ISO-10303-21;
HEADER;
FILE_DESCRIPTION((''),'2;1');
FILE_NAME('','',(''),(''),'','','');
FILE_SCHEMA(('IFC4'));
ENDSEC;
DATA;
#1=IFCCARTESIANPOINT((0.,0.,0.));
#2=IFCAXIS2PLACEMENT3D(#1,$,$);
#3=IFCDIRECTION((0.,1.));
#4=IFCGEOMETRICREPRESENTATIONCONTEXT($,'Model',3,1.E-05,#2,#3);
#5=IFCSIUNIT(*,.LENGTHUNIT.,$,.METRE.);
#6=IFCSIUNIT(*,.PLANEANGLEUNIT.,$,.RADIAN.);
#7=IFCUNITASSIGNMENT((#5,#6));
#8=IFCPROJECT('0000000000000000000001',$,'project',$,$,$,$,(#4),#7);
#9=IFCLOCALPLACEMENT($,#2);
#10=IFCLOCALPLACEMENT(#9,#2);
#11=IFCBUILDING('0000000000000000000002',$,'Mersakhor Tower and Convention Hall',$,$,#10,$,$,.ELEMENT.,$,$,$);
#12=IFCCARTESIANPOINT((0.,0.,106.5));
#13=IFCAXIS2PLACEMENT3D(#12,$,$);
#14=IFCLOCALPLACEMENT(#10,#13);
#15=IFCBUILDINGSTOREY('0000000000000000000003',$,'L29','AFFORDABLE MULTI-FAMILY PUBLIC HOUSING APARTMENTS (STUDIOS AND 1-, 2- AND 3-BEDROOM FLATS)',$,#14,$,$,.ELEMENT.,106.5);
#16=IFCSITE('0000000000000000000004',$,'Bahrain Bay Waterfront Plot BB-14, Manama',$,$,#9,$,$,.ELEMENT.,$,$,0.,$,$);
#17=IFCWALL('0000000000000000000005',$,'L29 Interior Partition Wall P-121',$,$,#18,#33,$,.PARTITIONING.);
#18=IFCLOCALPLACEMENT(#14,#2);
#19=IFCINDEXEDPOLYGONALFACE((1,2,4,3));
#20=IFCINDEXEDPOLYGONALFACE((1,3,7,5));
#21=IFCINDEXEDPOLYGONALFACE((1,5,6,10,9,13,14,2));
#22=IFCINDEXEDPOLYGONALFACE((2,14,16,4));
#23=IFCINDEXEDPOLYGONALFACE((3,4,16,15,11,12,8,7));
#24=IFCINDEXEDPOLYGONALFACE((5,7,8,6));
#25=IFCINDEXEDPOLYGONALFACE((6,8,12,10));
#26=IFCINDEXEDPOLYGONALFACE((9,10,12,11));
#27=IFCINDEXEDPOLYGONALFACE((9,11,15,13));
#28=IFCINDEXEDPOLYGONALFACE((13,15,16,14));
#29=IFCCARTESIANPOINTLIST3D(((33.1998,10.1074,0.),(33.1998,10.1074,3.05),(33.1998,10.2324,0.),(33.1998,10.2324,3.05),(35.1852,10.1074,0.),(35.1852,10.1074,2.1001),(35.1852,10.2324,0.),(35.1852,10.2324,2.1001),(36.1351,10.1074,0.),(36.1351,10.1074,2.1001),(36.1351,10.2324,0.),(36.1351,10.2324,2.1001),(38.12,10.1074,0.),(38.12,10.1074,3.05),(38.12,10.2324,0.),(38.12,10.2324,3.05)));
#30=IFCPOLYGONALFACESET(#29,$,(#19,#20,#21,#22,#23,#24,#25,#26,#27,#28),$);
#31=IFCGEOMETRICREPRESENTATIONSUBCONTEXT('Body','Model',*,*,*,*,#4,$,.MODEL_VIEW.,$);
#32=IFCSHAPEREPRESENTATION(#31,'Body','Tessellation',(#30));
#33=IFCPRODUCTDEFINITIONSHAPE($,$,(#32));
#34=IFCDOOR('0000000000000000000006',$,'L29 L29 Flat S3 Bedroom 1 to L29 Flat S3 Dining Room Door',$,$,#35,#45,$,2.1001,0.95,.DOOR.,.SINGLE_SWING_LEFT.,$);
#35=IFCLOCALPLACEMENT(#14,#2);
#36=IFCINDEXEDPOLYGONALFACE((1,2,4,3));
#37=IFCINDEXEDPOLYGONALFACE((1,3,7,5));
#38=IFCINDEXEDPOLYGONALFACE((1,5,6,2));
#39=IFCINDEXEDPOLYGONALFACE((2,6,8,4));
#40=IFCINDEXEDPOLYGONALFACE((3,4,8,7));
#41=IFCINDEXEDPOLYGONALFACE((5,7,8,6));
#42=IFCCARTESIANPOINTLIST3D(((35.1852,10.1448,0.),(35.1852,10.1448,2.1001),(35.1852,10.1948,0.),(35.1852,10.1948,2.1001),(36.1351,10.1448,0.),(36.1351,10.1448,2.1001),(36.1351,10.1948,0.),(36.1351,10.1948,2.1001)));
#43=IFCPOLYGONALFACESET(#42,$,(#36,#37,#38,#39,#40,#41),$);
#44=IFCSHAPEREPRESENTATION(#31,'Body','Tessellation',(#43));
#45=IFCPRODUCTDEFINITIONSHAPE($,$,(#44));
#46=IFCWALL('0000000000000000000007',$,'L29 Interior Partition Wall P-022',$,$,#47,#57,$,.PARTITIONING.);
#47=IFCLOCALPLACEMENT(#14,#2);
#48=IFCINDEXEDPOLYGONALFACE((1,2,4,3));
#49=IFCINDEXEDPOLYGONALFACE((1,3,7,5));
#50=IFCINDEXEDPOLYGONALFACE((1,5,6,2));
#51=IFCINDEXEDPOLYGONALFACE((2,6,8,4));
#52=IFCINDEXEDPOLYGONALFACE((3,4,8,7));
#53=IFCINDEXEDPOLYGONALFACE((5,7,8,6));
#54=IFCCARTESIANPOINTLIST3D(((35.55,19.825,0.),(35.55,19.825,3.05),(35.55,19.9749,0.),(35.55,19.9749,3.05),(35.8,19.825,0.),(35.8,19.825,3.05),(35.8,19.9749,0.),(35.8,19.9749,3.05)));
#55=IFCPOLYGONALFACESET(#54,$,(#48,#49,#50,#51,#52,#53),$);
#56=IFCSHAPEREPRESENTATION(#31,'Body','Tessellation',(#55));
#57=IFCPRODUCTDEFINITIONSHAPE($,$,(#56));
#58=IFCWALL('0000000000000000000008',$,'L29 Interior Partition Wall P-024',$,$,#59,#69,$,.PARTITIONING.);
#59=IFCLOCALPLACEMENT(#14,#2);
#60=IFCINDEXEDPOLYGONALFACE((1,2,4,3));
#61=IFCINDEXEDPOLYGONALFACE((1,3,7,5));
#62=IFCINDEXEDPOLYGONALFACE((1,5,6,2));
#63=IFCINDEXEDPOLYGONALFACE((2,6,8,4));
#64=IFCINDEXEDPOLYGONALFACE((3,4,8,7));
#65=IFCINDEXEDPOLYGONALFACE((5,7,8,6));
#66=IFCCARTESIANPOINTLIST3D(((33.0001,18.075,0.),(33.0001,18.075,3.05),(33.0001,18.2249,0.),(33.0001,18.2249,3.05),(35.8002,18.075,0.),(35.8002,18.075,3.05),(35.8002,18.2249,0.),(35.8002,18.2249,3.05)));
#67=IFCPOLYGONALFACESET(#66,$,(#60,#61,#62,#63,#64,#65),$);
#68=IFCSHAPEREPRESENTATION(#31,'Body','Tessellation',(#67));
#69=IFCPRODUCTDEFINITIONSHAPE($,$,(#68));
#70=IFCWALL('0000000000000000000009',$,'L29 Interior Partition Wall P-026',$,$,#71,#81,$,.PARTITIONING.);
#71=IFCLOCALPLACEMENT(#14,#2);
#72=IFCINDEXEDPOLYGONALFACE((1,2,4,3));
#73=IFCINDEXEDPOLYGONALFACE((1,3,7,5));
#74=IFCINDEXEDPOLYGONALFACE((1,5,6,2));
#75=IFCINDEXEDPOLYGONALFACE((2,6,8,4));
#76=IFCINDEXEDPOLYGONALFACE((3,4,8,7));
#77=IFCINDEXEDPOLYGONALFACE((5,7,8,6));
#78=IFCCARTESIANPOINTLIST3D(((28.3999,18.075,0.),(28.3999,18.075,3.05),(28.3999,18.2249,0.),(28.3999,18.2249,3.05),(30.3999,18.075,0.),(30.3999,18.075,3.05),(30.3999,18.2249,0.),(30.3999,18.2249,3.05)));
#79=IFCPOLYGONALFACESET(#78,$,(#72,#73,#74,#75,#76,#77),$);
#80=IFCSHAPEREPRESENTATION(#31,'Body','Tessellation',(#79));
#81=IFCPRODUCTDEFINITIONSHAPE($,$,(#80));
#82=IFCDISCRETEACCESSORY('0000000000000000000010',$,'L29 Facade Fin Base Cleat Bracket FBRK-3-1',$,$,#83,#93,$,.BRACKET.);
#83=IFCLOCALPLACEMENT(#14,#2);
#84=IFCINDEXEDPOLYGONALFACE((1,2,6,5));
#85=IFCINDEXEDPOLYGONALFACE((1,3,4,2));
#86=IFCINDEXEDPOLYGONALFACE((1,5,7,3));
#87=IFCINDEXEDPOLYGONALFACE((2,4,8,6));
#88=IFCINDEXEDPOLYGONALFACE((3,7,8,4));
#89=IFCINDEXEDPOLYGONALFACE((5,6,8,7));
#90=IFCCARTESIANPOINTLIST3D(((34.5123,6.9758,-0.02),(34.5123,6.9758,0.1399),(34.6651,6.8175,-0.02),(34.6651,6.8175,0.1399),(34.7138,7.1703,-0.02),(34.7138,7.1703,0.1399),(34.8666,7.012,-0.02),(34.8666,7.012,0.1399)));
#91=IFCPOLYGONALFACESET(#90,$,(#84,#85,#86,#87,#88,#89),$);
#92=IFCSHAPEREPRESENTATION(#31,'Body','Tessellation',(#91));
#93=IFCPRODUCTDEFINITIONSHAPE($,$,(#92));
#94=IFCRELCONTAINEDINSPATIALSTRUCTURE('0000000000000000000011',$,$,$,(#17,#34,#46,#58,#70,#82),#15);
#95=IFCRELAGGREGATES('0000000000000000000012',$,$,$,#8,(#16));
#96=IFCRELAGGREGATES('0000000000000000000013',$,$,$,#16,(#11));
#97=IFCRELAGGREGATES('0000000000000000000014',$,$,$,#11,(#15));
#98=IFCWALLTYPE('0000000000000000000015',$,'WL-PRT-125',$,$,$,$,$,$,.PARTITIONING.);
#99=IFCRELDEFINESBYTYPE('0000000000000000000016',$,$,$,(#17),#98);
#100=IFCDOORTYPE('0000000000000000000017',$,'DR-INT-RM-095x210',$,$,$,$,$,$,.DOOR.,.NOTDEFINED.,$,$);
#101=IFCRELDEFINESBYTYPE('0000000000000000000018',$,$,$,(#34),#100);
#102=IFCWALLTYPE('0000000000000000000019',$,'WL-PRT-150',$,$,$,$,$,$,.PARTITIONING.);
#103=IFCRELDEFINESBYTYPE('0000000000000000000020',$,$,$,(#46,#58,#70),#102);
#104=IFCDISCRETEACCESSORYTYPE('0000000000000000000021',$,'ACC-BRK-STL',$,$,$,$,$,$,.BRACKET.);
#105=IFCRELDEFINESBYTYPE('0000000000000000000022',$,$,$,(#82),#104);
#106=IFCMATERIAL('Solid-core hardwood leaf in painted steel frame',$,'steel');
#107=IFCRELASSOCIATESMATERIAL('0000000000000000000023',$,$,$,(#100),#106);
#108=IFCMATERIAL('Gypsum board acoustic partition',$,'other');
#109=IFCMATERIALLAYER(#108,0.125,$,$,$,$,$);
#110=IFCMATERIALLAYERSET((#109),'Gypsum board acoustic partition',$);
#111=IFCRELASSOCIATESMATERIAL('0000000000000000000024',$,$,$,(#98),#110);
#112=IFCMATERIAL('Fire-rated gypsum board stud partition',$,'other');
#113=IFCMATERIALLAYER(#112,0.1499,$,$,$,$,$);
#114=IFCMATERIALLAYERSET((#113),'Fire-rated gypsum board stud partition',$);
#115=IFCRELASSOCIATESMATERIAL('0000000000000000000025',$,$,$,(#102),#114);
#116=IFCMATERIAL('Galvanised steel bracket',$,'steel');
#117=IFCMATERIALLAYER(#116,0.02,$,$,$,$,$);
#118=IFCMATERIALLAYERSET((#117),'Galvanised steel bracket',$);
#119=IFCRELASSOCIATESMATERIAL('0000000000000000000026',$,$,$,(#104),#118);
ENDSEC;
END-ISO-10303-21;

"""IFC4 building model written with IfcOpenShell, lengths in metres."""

from ifc_helpers import new_model, si_unit, direction, frame, frame_2d, origin, origin_2d, place, context, subcontext, project, spatial, rectangle, extrude, material, layer, layer_set, type_object, element, fill, save


model = new_model("IFC4")

# Units and contexts
model_context = context("Model", 3, precision=1e-05, world=origin(), true_north=direction((0.0, 1.0)))
body_context = subcontext(model_context, "Body", "Model", "MODEL_VIEW")
ifc_project = project(units=[si_unit("LENGTHUNIT", "METRE"), si_unit("PLANEANGLEUNIT", "RADIAN")], contexts=[model_context])

# Site, building, storey
site_placement = place(None, origin())
site = spatial("IfcSite", under=ifc_project, at=site_placement, Name="Bahrain Bay Waterfront Plot BB-14, Manama", CompositionType="ELEMENT", RefElevation=0.0)
building_placement = place(site_placement, origin())
building = spatial("IfcBuilding", under=site, at=building_placement, Name="Mersakhor Tower and Convention Hall", CompositionType="ELEMENT")
storey_placement = place(building_placement, frame((0.0, 0.0, 106.5)))
storey = spatial("IfcBuildingStorey", under=building, at=storey_placement, Name="L29", Description="AFFORDABLE MULTI-FAMILY PUBLIC HOUSING APARTMENTS (STUDIOS AND 1-, 2- AND 3-BEDROOM FLATS)", CompositionType="ELEMENT", Elevation=106.5)

# Wall, opening, door
ifc_material_1 = material(Name="Solid-core hardwood leaf in painted steel frame", Category="steel")
door_type_1 = type_object("IfcDoorType", Name="DR-INT-RM-095x210", OperationType="NOTDEFINED", PredefinedType="DOOR", material=ifc_material_1)
ifc_material_2 = material(Name="Gypsum board acoustic partition", Category="other")
ifc_layer_1 = layer(ifc_material_2, 0.125)
ifc_layer_set_1 = layer_set([ifc_layer_1], Name="Gypsum board acoustic partition")
wall_type_1 = type_object("IfcWallType", Name="WL-PRT-125", PredefinedType="PARTITIONING", material=ifc_layer_set_1)
wall_1_placement = place(storey_placement, frame((33.2, 10.1699, 0.0), z_axis=(0.0, 0.0, 1.0), x_axis=(1.0, 0.0, 0.0)))
wall_1 = element("IfcWall", 1, at=wall_1_placement, inside=storey, type_object=wall_type_1, Name="L29 Interior Partition Wall P-121", PredefinedType="PARTITIONING", context=body_context, shape_type="SweptSolid", body=[
    extrude(rectangle(XDim=4.9202, YDim=0.125, at=frame_2d((2.46, 0.0))), origin(), (0.0, 0.0, 1.0), 3.05),
])
opening_1_placement = place(wall_1_placement, frame((1.9851, 0.0, 0.0)))
opening_1 = element("IfcOpeningElement", 2, at=opening_1_placement, cuts=wall_1, PredefinedType="OPENING", context=body_context, shape_type="SweptSolid", body=[
    extrude(rectangle(XDim=0.95, YDim=2.1001, at=frame_2d((0.4751, 1.05))), frame((0.0, 0.0725, 0.0), z_axis=(0.0, -1.0, 0.0), x_axis=(1.0, 0.0, 0.0)), (0.0, 0.0, 1.0), 0.145),
])
door_1_placement = place(opening_1_placement, origin())
door_1 = element("IfcDoor", 3, at=door_1_placement, inside=storey, type_object=door_type_1, Name="L29 L29 Flat S3 Bedroom 1 to L29 Flat S3 Dining Room Door", OperationType="SINGLE_SWING_LEFT", OverallHeight=2.1001, OverallWidth=0.95, PredefinedType="DOOR", context=body_context, shape_type="SweptSolid", body=[
    extrude(rectangle(XDim=0.95, YDim=2.1001, at=frame_2d((0.4751, 1.05))), frame((0.0, 0.0249, 0.0), z_axis=(0.0, -1.0, 0.0), x_axis=(1.0, 0.0, 0.0)), (0.0, 0.0, 1.0), 0.05),
])
fill(opening_1, door_1)

# Wall
ifc_material_3 = material(Name="Fire-rated gypsum board stud partition", Category="other")
ifc_layer_2 = layer(ifc_material_3, 0.1499)
ifc_layer_set_2 = layer_set([ifc_layer_2], Name="Fire-rated gypsum board stud partition")
wall_type_2 = type_object("IfcWallType", Name="WL-PRT-150", PredefinedType="PARTITIONING", material=ifc_layer_set_2)
wall_2_placement = place(storey_placement, frame((35.55, 19.8999, 0.0), z_axis=(0.0, 0.0, 1.0), x_axis=(1.0, 0.0, 0.0)))
element("IfcWall", 4, at=wall_2_placement, inside=storey, type_object=wall_type_2, Name="L29 Interior Partition Wall P-022", PredefinedType="PARTITIONING", context=body_context, shape_type="SweptSolid", body=[
    extrude(rectangle(XDim=0.25, YDim=0.1499, at=frame_2d((0.125, 0.0))), origin(), (0.0, 0.0, 1.0), 3.05),
])

# Wall
wall_3_placement = place(storey_placement, frame((35.8, 18.1499, 0.0), z_axis=(0.0, 0.0, 1.0), x_axis=(-1.0, 0.0, 0.0)))
element("IfcWall", 5, at=wall_3_placement, inside=storey, type_object=wall_type_2, Name="L29 Interior Partition Wall P-024", PredefinedType="PARTITIONING", context=body_context, shape_type="SweptSolid", body=[
    extrude(rectangle(XDim=2.8, YDim=0.1499, at=frame_2d((1.3999, 0.0))), origin(), (0.0, 0.0, 1.0), 3.05),
])

# Wall
wall_4_placement = place(storey_placement, frame((30.3999, 18.1499, 0.0), z_axis=(0.0, 0.0, 1.0), x_axis=(-1.0, 0.0, 0.0)))
element("IfcWall", 6, at=wall_4_placement, inside=storey, type_object=wall_type_2, Name="L29 Interior Partition Wall P-026", PredefinedType="PARTITIONING", context=body_context, shape_type="SweptSolid", body=[
    extrude(rectangle(XDim=2.0, YDim=0.1499, at=frame_2d((1.0, 0.0))), origin(), (0.0, 0.0, 1.0), 3.05),
])

# Discrete accessory
ifc_material_4 = material(Name="Galvanised steel bracket", Category="steel")
ifc_layer_3 = layer(ifc_material_4, 0.02)
ifc_layer_set_3 = layer_set([ifc_layer_3], Name="Galvanised steel bracket")
discrete_accessory_type = type_object("IfcDiscreteAccessoryType", Name="ACC-BRK-STL", PredefinedType="BRACKET", material=ifc_layer_set_3)
discrete_accessory_placement = place(storey_placement, frame((34.6895, 6.9939, -0.02), z_axis=(0.0, 0.0, 1.0), x_axis=(-0.71934, -0.694658, 0.0)))
element("IfcDiscreteAccessory", 7, at=discrete_accessory_placement, inside=storey, type_object=discrete_accessory_type, Name="L29 Facade Fin Base Cleat Bracket FBRK-3-1", PredefinedType="BRACKET", context=body_context, shape_type="SweptSolid", body=[
    extrude(rectangle(XDim=0.28, YDim=0.22, at=origin_2d()), origin(), (0.0, 0.0, 1.0), 0.1599),
])

save(model, "model.ifc")
